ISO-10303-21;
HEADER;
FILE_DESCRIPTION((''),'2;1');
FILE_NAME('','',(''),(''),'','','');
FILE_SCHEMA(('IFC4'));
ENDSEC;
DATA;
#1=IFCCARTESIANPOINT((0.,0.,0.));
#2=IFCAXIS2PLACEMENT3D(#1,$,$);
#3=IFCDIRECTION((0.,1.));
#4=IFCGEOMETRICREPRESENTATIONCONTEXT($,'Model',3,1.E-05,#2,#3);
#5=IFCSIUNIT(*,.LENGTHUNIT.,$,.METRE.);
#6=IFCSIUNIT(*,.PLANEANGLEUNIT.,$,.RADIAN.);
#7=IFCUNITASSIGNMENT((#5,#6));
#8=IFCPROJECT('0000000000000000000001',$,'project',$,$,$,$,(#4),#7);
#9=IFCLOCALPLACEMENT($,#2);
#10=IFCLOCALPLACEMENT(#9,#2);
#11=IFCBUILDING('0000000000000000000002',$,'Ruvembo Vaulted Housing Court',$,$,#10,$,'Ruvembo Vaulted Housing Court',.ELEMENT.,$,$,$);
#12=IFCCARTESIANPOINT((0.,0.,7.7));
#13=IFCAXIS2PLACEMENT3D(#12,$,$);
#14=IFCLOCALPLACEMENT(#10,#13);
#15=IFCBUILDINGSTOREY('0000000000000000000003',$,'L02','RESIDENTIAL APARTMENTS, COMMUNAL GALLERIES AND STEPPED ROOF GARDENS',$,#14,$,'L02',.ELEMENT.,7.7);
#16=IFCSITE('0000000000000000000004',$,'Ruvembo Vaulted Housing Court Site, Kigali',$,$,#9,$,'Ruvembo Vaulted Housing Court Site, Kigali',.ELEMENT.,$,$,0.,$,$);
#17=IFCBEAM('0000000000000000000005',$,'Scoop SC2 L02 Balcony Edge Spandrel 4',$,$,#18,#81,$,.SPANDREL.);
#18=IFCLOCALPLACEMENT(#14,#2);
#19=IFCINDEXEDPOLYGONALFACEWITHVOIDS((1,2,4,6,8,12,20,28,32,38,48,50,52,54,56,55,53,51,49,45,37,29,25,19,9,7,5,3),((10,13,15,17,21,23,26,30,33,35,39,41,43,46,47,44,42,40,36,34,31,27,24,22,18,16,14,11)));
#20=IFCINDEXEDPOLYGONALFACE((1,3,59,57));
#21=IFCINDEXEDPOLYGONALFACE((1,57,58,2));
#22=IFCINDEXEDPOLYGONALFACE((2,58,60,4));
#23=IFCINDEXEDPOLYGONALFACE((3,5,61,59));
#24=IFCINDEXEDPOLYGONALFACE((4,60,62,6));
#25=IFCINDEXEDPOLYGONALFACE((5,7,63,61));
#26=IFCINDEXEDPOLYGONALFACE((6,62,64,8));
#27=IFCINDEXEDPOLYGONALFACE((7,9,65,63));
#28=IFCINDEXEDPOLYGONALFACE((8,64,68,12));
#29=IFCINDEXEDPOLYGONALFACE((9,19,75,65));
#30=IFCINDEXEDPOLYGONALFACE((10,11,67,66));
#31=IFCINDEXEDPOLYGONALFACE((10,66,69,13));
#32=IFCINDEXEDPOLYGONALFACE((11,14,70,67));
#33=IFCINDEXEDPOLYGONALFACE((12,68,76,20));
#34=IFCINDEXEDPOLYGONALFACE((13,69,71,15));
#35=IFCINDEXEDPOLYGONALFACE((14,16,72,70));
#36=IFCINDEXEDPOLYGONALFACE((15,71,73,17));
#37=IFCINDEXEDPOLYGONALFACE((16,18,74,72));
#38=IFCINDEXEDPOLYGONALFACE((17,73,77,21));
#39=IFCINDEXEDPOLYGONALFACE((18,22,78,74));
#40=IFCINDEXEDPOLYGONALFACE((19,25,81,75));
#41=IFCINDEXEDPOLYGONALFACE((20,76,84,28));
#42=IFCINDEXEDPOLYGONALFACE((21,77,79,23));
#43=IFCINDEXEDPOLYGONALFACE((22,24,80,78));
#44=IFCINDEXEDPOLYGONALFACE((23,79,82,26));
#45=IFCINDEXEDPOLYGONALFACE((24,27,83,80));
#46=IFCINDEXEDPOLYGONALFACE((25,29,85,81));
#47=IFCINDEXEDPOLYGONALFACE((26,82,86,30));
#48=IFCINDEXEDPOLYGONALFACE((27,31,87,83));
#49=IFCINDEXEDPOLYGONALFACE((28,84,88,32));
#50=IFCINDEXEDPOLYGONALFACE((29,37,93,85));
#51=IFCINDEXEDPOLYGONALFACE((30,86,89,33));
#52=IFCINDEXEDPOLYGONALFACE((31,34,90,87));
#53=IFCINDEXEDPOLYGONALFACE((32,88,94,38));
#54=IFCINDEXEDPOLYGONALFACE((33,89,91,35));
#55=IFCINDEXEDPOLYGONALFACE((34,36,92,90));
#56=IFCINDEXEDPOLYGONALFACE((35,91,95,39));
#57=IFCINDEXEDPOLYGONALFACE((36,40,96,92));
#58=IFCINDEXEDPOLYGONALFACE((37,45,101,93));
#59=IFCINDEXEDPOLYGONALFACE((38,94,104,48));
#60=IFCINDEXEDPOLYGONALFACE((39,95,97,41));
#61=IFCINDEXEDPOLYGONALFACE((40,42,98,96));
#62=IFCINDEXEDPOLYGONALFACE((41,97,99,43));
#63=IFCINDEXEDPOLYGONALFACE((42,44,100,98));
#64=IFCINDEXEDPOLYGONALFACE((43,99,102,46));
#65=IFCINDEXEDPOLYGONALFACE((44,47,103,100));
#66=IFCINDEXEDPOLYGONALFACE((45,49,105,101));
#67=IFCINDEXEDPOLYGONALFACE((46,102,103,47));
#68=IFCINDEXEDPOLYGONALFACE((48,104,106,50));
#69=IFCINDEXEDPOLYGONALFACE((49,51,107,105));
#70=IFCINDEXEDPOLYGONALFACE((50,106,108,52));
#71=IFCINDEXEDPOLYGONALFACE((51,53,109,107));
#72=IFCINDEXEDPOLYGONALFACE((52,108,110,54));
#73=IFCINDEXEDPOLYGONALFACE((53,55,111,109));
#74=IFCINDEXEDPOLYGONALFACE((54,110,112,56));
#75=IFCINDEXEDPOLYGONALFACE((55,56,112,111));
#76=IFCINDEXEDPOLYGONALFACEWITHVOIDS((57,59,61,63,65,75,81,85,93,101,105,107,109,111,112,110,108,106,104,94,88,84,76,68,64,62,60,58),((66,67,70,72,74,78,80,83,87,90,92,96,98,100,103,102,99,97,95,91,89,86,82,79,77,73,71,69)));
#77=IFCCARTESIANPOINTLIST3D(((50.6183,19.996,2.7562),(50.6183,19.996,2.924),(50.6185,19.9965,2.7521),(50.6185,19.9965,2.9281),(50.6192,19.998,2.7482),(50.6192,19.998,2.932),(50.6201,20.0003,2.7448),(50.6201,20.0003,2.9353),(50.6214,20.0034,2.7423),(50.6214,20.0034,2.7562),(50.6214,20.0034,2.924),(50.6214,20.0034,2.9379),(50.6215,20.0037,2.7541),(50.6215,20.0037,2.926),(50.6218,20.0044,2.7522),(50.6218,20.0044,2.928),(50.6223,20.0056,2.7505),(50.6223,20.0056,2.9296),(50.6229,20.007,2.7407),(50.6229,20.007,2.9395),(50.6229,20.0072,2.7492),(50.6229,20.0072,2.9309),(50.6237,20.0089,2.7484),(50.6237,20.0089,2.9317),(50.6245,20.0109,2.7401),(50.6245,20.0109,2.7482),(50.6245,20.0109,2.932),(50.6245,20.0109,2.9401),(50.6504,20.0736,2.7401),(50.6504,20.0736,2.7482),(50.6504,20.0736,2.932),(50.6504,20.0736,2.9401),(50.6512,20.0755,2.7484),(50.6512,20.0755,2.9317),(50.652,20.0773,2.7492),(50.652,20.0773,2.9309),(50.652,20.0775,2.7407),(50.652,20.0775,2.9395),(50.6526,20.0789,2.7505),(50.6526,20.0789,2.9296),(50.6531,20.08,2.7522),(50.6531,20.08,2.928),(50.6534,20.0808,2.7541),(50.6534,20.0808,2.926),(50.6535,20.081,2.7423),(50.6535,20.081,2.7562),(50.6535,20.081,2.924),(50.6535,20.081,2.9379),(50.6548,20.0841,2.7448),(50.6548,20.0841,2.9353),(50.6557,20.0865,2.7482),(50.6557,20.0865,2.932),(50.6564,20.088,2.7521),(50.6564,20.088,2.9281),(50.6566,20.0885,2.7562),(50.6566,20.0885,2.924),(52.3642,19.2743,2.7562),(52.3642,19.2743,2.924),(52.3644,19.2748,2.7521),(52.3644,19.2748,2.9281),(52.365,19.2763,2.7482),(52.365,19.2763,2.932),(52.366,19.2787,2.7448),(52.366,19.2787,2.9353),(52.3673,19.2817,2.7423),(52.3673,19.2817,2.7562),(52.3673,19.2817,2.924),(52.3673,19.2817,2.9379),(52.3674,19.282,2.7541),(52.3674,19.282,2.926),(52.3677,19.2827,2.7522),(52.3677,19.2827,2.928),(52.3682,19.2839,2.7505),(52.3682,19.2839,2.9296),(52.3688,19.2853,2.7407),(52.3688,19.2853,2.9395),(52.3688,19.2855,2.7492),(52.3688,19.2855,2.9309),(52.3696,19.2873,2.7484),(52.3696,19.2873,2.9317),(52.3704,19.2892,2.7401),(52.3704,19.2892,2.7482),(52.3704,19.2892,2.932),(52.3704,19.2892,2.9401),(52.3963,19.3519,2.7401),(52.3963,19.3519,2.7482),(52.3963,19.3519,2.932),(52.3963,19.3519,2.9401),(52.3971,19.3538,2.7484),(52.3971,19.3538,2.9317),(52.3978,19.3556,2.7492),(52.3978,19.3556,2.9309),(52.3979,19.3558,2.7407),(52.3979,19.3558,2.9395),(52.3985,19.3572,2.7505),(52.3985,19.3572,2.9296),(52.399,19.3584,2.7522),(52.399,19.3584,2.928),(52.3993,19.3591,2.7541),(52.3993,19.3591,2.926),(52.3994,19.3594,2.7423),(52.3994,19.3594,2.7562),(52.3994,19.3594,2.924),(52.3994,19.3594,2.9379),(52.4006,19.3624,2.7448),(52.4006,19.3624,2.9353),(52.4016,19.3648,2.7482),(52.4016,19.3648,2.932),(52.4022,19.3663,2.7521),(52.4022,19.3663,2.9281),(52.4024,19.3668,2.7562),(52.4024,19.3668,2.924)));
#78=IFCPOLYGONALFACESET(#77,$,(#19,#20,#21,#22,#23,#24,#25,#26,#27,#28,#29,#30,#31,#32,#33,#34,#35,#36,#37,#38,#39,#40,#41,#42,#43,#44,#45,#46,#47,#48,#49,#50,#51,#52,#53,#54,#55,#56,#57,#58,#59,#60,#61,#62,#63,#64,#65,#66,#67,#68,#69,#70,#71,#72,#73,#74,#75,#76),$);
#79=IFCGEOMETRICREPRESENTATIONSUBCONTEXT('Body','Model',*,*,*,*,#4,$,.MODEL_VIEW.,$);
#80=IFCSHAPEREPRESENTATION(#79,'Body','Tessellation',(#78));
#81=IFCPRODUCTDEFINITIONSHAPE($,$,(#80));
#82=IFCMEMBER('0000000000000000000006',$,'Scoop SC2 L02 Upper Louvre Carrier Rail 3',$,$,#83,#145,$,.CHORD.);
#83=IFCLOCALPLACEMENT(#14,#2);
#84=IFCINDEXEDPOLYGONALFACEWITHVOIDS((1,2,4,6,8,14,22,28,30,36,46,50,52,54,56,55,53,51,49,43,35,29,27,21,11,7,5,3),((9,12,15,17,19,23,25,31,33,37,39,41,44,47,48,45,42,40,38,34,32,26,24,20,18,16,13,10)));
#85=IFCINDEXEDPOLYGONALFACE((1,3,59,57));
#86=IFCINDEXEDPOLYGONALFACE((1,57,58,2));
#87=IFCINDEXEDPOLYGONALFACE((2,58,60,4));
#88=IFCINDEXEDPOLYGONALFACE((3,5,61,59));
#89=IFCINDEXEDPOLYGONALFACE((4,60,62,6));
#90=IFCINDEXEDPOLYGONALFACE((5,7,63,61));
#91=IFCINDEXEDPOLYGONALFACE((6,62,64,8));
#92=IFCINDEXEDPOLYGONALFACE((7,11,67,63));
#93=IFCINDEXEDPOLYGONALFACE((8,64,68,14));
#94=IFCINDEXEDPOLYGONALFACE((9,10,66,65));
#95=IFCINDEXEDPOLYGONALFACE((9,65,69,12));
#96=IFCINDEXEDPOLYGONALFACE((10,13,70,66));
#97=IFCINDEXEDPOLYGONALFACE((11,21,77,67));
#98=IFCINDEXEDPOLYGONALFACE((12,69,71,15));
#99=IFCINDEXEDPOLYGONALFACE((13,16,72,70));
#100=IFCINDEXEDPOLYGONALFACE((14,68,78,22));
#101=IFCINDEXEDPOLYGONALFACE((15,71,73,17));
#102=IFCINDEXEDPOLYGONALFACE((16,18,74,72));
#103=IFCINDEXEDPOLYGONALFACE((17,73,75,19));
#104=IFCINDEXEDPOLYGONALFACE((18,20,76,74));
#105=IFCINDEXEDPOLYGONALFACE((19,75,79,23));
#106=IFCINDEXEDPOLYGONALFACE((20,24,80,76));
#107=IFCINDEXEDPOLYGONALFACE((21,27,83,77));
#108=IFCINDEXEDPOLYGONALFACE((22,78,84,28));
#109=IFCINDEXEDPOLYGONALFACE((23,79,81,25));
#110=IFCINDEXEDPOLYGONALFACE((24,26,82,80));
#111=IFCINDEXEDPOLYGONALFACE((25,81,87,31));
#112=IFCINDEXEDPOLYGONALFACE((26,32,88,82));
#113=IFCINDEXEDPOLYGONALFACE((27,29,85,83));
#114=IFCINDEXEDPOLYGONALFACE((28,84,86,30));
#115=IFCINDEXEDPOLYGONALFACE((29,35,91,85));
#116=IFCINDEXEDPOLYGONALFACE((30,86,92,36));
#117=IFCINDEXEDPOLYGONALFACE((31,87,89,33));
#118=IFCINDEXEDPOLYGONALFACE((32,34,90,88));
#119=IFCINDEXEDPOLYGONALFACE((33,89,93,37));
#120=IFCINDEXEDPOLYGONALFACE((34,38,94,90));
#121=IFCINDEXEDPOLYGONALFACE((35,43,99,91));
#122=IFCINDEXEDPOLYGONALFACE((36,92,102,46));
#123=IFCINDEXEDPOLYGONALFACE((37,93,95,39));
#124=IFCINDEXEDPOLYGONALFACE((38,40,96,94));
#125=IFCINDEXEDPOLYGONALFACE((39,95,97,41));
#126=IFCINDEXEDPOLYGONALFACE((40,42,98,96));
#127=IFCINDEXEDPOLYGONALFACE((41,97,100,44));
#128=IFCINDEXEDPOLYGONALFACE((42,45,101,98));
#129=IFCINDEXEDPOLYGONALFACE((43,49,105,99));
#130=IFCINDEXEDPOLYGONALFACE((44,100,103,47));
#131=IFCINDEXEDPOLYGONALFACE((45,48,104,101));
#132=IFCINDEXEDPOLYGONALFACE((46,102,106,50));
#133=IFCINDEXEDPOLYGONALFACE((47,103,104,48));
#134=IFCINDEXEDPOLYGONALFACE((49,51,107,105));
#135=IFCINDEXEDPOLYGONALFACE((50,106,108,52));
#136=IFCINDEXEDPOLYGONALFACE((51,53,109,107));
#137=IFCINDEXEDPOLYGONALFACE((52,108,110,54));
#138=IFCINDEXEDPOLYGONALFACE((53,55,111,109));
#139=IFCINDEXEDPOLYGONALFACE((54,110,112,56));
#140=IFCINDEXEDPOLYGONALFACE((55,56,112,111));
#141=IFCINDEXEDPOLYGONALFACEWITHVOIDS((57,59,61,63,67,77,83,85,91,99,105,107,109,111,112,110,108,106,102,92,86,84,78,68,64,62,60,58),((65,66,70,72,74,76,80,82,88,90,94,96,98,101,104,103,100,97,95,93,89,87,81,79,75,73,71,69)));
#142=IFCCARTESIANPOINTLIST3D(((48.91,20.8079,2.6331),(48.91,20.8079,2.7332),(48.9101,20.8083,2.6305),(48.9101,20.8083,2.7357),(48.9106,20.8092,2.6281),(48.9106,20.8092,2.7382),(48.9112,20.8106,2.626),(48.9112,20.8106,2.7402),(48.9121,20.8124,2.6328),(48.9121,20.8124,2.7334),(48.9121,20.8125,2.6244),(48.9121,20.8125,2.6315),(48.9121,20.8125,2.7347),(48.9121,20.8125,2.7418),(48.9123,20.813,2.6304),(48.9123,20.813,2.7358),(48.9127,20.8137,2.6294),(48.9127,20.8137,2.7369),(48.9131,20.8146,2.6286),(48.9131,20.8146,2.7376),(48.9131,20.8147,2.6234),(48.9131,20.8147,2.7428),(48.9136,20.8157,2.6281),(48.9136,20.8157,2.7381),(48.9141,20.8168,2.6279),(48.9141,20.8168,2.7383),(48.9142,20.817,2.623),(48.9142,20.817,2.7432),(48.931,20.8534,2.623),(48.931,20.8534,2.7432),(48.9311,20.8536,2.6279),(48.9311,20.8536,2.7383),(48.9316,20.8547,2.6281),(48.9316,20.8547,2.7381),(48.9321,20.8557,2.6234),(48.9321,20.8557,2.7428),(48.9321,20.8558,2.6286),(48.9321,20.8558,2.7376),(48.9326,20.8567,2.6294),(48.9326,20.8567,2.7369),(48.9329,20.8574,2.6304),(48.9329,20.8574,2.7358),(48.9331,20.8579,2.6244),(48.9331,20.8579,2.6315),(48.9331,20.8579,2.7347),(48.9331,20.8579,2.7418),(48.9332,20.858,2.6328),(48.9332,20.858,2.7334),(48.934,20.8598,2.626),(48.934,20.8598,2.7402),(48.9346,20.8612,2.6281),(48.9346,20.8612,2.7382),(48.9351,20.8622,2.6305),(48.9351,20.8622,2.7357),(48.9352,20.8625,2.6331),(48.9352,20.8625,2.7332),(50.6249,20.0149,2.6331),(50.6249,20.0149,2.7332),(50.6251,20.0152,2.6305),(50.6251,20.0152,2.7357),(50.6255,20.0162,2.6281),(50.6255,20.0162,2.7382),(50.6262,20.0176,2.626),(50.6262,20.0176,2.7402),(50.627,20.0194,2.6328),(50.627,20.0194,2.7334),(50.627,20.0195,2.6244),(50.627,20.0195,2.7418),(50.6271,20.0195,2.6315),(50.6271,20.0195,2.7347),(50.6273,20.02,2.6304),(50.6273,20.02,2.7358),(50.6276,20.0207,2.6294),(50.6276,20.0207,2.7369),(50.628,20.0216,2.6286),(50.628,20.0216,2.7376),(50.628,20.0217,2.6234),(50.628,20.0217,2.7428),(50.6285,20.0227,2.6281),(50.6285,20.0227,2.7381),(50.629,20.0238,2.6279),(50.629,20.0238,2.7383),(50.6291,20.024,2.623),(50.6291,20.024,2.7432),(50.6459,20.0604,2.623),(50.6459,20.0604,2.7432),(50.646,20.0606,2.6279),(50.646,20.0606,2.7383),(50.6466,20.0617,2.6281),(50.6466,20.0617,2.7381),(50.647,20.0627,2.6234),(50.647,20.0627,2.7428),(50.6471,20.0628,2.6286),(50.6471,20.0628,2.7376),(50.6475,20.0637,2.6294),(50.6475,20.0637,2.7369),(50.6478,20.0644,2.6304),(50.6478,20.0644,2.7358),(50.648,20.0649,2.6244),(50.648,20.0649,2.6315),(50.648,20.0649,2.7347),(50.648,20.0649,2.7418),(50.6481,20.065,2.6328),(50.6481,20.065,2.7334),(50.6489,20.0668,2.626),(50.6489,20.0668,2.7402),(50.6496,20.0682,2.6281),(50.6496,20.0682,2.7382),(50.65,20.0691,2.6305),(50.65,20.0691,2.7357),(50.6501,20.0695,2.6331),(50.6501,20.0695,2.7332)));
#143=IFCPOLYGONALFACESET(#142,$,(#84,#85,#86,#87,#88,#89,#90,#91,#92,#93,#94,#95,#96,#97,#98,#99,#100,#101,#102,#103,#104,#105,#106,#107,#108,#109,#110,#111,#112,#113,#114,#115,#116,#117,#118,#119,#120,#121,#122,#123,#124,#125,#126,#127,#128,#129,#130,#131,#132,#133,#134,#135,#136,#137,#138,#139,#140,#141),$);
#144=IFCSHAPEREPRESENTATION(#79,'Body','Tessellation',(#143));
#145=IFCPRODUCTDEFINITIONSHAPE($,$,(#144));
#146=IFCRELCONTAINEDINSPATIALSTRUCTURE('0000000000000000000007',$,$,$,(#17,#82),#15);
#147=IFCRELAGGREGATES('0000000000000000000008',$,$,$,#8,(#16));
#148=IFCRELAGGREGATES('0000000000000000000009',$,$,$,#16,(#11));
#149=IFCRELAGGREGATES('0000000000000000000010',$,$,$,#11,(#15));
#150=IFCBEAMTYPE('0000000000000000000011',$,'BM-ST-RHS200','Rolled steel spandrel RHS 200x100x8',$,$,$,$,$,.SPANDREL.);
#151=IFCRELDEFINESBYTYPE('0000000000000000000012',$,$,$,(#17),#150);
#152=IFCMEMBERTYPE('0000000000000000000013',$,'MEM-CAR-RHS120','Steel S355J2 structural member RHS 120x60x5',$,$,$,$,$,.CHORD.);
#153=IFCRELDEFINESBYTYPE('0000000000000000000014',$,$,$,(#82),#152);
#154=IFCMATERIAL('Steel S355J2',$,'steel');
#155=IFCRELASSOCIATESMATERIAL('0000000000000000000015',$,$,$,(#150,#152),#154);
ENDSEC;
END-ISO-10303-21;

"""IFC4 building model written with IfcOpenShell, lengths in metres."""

from ifc_helpers import new_model, si_unit, direction, frame, origin, origin_2d, place, context, subcontext, project, spatial, hollow_rectangle, extrude, material, material_profile, profile_set, type_object, element, save


model = new_model("IFC4")

# Units and contexts
model_context = context("Model", 3, precision=1e-05, world=origin(), true_north=direction((0.0, 1.0)))
body_context = subcontext(model_context, "Body", "Model", "MODEL_VIEW")
ifc_project = project(units=[si_unit("LENGTHUNIT", "METRE"), si_unit("PLANEANGLEUNIT", "RADIAN")], contexts=[model_context])

# Site, building, storey
site_placement = place(None, origin())
site = spatial("IfcSite", under=ifc_project, at=site_placement, Name="Ruvembo Vaulted Housing Court Site, Kigali", LongName="Ruvembo Vaulted Housing Court Site, Kigali", CompositionType="ELEMENT", RefElevation=0.0)
building_placement = place(site_placement, origin())
building = spatial("IfcBuilding", under=site, at=building_placement, Name="Ruvembo Vaulted Housing Court", LongName="Ruvembo Vaulted Housing Court", CompositionType="ELEMENT")
storey_placement = place(building_placement, frame((0.0, 0.0, 7.7)))
storey = spatial("IfcBuildingStorey", under=building, at=storey_placement, Name="L02", Description="RESIDENTIAL APARTMENTS, COMMUNAL GALLERIES AND STEPPED ROOF GARDENS", LongName="L02", CompositionType="ELEMENT", Elevation=7.7)

# Beam
ifc_material_1 = material(Name="Steel S355J2", Category="steel")
ifc_material_profile_1 = material_profile(ifc_material_1, hollow_rectangle(XDim=0.1001, YDim=0.2, WallThickness=0.0081, InnerFilletRadius=0.0081, OuterFilletRadius=0.0161, at=origin_2d()), Name="RHS 200x100x8")
ifc_profile_set_1 = profile_set([ifc_material_profile_1], Name="Steel S355J2")
beam_type_1 = type_object("IfcBeamType", Name="BM-ST-RHS200", Description="Rolled steel spandrel RHS 200x100x8", PredefinedType="SPANDREL", material=ifc_profile_set_1)
beam_1_placement = place(storey_placement, frame((50.6375, 20.0422, 2.8401), z_axis=(0.924155, -0.382017, 0.0), x_axis=(0.382017, 0.924155, 0.0)))
element("IfcBeam", 1, at=beam_1_placement, inside=storey, type_object=beam_type_1, Name="Scoop SC2 L02 Balcony Edge Spandrel 4", PredefinedType="SPANDREL", context=body_context, shape_type="SweptSolid", body=[
    extrude(hollow_rectangle(XDim=0.1001, YDim=0.2, WallThickness=0.0081, InnerFilletRadius=0.0081, OuterFilletRadius=0.0161, at=origin_2d()), origin(), (0.0, 0.0, 1.0), 1.8892),
])

# Member
ifc_material_profile_2 = material_profile(ifc_material_1, hollow_rectangle(XDim=0.0601, YDim=0.1201, WallThickness=0.0049, InnerFilletRadius=0.0049, OuterFilletRadius=0.01, at=origin_2d()), Name="RHS 120x60x5")
ifc_profile_set_2 = profile_set([ifc_material_profile_2], Name="Steel S355J2")
member_type_1 = type_object("IfcMemberType", Name="MEM-CAR-RHS120", Description="Steel S355J2 structural member RHS 120x60x5", PredefinedType="CHORD", material=ifc_profile_set_2)
member_1_placement = place(storey_placement, frame((48.9226, 20.8352, 2.6831), z_axis=(0.907657, -0.419714, 0.0), x_axis=(0.419714, 0.907657, 0.0)))
element("IfcMember", 2, at=member_1_placement, inside=storey, type_object=member_type_1, Name="Scoop SC2 L02 Upper Louvre Carrier Rail 3", PredefinedType="CHORD", context=body_context, shape_type="SweptSolid", body=[
    extrude(hollow_rectangle(XDim=0.0601, YDim=0.1201, WallThickness=0.0049, InnerFilletRadius=0.0049, OuterFilletRadius=0.01, at=origin_2d()), origin(), (0.0, 0.0, 1.0), 1.8894),
])

save(model, "model.ifc")
